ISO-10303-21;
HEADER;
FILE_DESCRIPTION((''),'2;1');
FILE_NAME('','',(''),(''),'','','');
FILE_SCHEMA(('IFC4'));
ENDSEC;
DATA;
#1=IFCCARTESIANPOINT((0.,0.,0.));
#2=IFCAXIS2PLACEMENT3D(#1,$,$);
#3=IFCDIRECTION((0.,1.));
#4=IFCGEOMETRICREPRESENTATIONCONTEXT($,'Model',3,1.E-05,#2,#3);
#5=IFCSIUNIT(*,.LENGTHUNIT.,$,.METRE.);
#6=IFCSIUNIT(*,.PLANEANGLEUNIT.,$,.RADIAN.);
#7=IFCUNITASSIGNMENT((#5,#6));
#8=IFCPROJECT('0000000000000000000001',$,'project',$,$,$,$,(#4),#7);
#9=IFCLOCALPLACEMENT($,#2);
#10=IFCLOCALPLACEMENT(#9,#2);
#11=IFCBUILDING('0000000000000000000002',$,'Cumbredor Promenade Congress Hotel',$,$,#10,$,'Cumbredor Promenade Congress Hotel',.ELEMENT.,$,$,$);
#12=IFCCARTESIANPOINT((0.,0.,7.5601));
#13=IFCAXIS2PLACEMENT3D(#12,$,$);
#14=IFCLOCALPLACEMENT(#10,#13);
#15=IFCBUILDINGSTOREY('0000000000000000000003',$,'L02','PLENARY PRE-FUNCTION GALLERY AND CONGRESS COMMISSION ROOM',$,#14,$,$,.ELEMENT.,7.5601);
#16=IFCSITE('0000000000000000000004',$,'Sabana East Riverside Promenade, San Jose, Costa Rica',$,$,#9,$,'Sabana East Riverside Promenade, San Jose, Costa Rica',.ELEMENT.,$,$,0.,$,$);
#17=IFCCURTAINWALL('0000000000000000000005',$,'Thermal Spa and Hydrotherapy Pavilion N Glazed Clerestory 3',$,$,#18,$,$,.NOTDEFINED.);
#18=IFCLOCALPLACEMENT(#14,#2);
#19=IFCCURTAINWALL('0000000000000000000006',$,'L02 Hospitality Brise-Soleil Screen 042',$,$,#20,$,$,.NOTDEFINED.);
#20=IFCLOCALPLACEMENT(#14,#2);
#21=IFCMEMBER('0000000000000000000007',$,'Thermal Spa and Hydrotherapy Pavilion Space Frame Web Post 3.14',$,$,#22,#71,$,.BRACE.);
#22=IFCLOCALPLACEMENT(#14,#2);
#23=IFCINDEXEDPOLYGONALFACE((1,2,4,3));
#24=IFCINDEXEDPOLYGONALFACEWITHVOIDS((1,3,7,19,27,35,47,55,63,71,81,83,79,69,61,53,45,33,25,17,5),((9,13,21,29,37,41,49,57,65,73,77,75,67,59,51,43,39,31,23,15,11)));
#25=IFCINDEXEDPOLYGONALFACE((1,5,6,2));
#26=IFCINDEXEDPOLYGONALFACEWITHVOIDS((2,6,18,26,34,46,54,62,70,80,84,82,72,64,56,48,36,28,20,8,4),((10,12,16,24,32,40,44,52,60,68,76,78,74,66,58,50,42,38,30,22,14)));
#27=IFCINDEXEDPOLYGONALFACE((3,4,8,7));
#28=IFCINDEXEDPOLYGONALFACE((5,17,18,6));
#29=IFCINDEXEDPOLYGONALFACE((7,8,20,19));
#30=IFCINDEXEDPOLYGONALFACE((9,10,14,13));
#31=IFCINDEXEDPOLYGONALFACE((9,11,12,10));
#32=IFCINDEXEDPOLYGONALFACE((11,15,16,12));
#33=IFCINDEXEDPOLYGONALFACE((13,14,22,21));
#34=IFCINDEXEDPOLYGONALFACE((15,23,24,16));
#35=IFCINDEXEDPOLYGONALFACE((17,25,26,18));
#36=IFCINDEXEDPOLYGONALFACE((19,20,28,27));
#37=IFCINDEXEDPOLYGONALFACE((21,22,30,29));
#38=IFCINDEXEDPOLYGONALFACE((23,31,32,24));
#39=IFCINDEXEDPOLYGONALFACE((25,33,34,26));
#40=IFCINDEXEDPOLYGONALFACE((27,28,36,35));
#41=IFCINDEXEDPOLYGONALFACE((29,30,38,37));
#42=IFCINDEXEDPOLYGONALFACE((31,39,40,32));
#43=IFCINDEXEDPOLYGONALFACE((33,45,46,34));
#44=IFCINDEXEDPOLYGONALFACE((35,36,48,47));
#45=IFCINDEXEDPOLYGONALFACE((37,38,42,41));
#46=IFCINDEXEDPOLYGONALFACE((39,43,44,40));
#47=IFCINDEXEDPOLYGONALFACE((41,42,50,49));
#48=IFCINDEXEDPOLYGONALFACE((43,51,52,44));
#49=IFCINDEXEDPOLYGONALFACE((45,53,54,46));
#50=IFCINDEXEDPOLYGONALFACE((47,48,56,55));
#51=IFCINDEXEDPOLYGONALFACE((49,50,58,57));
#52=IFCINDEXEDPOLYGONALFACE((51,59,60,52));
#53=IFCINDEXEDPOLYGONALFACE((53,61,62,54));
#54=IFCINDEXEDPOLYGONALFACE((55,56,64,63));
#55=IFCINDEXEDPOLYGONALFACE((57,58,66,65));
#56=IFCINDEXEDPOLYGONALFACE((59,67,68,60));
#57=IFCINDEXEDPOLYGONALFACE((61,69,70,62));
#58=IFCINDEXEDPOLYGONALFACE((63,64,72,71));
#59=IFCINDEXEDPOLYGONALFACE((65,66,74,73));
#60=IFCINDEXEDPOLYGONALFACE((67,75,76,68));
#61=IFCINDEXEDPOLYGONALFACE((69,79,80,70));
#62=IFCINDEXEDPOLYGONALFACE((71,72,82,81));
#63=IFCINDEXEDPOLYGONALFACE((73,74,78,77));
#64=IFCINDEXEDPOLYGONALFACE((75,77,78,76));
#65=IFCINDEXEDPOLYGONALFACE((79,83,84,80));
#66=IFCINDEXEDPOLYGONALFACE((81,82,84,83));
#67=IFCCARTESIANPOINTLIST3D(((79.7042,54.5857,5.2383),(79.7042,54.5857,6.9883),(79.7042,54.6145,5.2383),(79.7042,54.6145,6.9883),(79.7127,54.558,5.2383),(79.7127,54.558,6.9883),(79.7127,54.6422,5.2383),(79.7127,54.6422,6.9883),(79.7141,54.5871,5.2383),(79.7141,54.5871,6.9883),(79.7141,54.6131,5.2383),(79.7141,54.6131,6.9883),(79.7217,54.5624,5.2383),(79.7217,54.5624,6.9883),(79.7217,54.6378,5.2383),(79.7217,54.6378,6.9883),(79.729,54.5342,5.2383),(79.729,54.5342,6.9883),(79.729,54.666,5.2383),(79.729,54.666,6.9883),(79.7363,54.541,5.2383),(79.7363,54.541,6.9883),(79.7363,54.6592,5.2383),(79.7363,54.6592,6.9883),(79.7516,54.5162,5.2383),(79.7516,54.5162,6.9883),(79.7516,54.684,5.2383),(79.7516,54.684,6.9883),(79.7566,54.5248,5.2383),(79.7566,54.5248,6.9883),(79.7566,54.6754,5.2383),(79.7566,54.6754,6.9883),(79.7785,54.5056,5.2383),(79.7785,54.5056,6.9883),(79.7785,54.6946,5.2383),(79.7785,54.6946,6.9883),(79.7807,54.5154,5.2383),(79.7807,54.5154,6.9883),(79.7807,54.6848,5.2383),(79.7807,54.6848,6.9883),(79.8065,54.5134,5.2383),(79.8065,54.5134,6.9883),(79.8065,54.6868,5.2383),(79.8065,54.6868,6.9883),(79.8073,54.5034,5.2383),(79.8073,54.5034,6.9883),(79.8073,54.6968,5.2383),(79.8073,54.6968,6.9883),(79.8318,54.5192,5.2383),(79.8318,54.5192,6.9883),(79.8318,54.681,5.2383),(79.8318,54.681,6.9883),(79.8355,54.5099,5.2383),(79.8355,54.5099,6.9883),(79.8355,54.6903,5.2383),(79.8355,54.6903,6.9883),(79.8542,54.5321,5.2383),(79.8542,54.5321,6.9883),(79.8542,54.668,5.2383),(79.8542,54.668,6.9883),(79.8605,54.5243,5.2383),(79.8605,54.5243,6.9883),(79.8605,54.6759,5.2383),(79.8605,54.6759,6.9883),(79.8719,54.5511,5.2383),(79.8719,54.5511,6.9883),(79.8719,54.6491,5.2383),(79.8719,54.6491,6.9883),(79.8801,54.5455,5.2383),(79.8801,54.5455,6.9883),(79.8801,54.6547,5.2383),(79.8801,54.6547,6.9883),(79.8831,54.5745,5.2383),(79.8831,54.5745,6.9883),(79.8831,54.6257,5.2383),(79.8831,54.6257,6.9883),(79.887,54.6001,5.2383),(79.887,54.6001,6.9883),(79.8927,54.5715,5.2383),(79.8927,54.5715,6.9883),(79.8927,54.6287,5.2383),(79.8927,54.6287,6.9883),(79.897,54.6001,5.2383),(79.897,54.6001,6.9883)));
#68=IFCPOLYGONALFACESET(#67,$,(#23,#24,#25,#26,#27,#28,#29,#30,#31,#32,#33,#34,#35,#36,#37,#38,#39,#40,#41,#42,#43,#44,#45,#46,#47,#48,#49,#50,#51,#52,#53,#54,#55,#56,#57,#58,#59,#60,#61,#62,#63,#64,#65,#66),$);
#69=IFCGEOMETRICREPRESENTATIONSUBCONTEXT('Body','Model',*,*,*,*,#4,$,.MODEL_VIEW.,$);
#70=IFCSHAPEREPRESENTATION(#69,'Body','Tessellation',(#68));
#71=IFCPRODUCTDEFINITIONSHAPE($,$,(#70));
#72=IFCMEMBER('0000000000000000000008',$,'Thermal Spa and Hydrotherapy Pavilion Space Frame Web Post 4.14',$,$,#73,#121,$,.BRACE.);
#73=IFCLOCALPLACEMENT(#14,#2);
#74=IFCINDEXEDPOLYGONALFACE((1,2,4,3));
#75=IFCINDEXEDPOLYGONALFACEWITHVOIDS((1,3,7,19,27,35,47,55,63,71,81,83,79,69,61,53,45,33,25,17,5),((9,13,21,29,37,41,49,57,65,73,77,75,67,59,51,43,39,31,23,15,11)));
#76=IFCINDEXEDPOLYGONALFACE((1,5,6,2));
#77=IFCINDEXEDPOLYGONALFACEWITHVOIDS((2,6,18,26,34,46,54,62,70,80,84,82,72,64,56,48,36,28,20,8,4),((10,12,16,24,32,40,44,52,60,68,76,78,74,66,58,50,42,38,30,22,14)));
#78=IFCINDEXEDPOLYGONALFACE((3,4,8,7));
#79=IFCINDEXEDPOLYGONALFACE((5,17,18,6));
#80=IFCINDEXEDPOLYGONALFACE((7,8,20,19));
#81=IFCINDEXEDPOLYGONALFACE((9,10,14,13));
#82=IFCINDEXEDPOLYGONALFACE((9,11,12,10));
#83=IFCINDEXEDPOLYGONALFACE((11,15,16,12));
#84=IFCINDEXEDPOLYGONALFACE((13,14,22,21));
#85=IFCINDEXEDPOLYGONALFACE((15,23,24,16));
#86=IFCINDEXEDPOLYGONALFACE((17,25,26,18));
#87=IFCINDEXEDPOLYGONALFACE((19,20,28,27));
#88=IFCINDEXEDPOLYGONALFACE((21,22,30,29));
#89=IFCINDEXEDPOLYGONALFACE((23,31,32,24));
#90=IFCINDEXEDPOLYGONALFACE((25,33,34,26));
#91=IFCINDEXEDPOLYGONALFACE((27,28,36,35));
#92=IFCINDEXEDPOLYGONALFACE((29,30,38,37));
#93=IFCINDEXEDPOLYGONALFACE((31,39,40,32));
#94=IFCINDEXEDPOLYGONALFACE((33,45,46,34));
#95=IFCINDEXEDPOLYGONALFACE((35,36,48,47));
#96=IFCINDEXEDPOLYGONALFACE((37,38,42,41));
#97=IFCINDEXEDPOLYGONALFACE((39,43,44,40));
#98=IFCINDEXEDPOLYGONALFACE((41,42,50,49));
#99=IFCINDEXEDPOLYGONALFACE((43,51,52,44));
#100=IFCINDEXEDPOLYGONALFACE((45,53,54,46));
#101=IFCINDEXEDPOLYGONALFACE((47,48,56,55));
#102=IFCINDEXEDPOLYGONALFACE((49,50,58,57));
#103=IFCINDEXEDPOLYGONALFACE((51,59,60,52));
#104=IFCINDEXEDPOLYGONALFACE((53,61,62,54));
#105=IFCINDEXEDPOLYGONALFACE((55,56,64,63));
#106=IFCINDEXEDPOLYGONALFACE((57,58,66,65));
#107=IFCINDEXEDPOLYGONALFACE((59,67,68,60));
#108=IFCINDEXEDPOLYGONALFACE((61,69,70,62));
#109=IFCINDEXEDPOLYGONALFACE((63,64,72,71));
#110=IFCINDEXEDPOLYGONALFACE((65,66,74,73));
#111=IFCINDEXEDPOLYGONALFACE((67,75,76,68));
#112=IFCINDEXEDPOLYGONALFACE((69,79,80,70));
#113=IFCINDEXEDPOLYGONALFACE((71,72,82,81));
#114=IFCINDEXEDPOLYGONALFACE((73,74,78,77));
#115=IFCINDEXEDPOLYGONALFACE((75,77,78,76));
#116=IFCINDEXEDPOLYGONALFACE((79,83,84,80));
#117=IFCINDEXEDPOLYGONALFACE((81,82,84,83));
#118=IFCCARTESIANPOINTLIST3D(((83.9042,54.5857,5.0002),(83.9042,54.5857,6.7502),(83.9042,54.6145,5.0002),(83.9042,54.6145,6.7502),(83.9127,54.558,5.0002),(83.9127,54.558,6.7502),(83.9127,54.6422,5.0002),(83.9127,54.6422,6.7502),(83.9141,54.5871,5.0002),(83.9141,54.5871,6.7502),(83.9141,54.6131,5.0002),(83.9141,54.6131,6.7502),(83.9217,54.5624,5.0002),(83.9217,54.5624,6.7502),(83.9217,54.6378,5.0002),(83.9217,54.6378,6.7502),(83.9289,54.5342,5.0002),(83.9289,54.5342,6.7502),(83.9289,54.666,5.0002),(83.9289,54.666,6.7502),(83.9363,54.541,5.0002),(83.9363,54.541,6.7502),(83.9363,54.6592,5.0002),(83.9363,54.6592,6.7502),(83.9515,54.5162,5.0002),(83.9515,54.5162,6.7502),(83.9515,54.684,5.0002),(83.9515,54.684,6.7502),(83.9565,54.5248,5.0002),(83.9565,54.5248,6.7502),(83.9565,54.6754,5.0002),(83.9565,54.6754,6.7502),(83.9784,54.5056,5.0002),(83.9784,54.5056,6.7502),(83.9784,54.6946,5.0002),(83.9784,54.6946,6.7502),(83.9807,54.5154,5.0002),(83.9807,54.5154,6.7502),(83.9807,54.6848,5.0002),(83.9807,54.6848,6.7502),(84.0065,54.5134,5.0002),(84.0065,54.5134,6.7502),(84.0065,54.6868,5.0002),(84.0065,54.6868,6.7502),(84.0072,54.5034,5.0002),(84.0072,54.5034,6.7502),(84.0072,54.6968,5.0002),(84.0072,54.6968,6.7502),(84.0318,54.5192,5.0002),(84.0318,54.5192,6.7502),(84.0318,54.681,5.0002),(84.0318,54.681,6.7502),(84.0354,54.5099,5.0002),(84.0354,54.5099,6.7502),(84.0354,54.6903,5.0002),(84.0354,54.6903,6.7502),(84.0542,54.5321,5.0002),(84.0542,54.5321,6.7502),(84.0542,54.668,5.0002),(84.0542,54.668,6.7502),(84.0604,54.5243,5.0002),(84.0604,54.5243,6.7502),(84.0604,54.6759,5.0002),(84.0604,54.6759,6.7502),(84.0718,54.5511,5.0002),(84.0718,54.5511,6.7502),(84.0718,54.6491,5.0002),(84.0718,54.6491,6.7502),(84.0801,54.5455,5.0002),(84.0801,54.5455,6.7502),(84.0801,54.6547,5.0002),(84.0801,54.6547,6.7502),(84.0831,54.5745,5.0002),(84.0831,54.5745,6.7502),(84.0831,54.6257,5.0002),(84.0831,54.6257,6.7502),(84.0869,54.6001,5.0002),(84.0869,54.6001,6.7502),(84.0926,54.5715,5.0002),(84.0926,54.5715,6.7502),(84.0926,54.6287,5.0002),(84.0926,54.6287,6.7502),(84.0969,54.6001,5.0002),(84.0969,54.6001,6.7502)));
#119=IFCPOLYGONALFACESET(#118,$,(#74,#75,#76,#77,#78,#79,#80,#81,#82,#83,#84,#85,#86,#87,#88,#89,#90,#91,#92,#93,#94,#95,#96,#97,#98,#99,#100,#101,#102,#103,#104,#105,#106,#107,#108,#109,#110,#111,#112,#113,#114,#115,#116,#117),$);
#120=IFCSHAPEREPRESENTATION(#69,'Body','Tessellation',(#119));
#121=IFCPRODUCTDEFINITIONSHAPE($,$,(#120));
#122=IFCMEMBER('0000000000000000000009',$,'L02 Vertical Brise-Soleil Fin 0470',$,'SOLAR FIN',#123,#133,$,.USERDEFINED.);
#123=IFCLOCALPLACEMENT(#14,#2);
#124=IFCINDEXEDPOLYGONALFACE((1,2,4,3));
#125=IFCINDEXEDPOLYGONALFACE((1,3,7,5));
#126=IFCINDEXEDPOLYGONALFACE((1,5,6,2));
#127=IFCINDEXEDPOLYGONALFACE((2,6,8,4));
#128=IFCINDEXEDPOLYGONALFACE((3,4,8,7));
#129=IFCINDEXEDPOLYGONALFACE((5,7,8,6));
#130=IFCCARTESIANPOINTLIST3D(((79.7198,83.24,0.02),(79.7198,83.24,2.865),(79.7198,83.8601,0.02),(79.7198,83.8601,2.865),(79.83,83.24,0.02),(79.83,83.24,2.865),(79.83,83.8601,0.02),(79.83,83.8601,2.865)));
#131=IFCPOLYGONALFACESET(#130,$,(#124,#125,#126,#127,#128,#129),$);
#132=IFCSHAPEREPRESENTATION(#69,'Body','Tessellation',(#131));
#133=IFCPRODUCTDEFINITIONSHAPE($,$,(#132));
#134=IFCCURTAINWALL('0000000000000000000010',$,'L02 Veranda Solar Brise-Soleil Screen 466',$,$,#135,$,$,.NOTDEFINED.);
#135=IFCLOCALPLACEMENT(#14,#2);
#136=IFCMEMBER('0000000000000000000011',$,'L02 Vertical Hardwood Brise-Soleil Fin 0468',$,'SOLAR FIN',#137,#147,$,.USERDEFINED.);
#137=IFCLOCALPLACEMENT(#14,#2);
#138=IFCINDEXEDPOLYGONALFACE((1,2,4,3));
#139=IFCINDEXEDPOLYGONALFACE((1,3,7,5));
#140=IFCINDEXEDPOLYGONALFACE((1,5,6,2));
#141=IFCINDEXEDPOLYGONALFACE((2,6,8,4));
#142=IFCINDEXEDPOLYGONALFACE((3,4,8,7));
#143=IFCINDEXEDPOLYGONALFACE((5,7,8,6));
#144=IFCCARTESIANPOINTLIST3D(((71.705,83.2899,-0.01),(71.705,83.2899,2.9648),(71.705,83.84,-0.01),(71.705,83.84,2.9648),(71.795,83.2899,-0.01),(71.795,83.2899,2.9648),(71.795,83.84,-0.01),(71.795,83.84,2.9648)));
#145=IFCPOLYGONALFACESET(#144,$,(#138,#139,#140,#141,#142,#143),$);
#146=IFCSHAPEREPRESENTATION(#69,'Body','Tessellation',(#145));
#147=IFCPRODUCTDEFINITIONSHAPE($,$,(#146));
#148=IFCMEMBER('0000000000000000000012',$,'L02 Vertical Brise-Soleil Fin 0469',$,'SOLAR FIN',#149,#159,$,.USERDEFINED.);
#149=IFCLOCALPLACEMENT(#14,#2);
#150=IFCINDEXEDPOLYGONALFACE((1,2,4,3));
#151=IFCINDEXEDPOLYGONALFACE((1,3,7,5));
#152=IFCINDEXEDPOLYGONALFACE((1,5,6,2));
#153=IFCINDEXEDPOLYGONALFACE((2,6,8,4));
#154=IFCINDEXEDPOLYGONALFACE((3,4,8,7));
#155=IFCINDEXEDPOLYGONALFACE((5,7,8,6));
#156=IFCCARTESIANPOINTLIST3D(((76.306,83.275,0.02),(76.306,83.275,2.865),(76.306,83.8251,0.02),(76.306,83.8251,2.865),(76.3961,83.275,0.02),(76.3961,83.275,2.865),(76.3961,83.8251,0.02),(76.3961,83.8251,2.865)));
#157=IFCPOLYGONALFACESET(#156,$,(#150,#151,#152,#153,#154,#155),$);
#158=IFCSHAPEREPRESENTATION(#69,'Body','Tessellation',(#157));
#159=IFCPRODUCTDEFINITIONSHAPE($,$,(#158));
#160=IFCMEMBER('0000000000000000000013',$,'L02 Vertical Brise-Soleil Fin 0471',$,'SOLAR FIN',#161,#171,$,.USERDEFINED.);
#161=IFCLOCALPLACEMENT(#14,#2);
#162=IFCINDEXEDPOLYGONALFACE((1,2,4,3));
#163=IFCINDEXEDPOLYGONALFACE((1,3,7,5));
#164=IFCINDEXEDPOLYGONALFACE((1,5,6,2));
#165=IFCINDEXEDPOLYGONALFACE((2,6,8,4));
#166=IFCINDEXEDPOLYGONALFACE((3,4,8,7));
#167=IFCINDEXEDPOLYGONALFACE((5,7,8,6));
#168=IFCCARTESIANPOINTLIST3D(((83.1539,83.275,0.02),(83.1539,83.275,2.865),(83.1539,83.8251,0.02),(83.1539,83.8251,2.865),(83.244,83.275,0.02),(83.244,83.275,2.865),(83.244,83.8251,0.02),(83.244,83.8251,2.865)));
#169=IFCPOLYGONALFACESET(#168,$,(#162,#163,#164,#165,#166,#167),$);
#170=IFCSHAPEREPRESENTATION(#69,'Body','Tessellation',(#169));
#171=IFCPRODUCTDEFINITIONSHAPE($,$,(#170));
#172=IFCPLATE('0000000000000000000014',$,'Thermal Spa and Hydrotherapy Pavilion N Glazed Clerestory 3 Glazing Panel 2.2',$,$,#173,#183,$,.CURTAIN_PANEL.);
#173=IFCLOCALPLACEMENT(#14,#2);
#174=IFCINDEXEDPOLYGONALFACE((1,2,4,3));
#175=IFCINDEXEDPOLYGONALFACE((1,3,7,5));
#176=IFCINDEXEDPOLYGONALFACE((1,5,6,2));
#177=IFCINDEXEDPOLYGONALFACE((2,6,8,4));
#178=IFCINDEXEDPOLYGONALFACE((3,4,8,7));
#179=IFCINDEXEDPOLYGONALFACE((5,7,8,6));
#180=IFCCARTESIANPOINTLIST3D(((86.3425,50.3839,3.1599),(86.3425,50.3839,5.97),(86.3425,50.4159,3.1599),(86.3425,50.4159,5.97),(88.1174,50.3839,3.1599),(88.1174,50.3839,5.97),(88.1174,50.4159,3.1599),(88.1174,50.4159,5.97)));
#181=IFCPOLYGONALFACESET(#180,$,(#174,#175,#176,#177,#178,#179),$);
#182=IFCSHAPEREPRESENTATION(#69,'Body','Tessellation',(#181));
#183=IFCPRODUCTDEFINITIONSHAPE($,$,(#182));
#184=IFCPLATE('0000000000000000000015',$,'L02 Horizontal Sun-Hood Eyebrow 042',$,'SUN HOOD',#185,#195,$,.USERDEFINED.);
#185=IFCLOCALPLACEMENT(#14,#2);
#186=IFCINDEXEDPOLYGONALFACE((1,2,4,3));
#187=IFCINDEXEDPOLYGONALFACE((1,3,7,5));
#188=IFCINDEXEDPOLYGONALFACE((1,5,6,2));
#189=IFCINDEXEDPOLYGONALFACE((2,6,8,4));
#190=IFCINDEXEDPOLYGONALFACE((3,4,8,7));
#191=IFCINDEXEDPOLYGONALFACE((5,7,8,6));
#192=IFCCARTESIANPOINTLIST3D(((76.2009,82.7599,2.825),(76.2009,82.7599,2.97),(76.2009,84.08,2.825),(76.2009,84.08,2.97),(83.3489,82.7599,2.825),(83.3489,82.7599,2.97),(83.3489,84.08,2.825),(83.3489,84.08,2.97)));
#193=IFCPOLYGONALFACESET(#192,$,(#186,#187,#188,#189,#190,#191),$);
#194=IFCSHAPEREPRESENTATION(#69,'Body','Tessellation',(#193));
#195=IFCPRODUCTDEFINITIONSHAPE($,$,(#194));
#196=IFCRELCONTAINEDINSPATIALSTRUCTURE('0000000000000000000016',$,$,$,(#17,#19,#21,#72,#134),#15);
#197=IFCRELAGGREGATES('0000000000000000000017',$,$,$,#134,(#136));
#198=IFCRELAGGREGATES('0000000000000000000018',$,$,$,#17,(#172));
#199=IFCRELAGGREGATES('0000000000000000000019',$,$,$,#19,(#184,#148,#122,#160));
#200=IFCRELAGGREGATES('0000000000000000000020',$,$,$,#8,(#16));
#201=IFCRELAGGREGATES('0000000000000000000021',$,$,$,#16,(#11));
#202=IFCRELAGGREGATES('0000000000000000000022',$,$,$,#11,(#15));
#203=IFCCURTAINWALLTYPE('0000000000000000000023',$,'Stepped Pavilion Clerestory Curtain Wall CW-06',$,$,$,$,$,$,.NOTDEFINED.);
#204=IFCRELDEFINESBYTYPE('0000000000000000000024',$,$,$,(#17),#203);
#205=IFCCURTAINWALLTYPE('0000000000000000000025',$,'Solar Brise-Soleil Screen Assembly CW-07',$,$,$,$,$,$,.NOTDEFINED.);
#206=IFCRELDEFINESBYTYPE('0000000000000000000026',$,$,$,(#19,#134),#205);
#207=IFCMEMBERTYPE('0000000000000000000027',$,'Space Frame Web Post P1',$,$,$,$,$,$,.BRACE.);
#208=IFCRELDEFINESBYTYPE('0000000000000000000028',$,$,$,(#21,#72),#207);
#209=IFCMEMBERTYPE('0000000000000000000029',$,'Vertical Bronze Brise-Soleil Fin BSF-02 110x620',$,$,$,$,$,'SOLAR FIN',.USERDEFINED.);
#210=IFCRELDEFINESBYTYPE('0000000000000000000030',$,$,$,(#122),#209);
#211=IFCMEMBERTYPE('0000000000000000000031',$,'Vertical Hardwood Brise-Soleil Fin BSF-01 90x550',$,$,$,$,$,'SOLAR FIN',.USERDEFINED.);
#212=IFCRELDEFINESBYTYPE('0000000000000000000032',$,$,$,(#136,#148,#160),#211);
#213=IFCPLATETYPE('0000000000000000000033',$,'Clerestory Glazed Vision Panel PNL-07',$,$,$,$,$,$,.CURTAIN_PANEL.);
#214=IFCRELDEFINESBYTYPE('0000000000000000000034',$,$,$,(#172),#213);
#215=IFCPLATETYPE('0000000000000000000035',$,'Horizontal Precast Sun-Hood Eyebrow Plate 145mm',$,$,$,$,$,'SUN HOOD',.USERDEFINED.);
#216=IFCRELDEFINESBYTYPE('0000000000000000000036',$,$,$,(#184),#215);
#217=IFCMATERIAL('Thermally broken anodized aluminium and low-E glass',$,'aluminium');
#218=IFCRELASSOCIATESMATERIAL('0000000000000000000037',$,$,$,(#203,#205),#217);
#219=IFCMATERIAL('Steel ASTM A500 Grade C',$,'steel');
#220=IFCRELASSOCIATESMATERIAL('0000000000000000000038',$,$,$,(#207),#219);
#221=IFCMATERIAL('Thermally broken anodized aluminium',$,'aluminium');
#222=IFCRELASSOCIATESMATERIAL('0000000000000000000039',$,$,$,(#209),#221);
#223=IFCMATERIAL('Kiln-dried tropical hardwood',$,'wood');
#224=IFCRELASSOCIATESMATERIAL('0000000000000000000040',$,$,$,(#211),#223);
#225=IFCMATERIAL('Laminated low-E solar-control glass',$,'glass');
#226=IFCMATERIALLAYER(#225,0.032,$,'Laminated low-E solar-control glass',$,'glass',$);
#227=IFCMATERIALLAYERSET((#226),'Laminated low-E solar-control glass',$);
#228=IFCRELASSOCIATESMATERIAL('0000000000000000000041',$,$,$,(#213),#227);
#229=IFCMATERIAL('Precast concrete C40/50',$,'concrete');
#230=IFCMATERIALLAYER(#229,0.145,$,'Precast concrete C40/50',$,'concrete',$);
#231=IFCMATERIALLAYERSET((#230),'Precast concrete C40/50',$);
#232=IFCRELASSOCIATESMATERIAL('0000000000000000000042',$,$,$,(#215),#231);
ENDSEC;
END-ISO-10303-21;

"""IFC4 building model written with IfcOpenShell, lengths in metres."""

from ifc_helpers import new_model, si_unit, direction, frame, origin, origin_2d, place, context, subcontext, project, spatial, rectangle, hollow_circle, extrude, material, layer, layer_set, material_profile, profile_set, type_object, element, aggregate, save


model = new_model("IFC4")

# Units and contexts
model_context = context("Model", 3, precision=1e-05, world=origin(), true_north=direction((0.0, 1.0)))
body_context = subcontext(model_context, "Body", "Model", "MODEL_VIEW")
ifc_project = project(units=[si_unit("LENGTHUNIT", "METRE"), si_unit("PLANEANGLEUNIT", "RADIAN")], contexts=[model_context])

# Site, building, storey
site_placement = place(None, origin())
site = spatial("IfcSite", under=ifc_project, at=site_placement, Name="Sabana East Riverside Promenade, San Jose, Costa Rica", LongName="Sabana East Riverside Promenade, San Jose, Costa Rica", CompositionType="ELEMENT", RefElevation=0.0)
building_placement = place(site_placement, origin())
building = spatial("IfcBuilding", under=site, at=building_placement, Name="Cumbredor Promenade Congress Hotel", LongName="Cumbredor Promenade Congress Hotel", CompositionType="ELEMENT")
storey_placement = place(building_placement, frame((0.0, 0.0, 7.5601)))
storey = spatial("IfcBuildingStorey", under=building, at=storey_placement, Name="L02", Description="PLENARY PRE-FUNCTION GALLERY AND CONGRESS COMMISSION ROOM", CompositionType="ELEMENT", Elevation=7.5601)

# Curtain walls
ifc_material_1 = material(Name="Thermally broken anodized aluminium and low-E glass", Category="aluminium")
curtain_wall_type_1 = type_object("IfcCurtainWallType", Name="Stepped Pavilion Clerestory Curtain Wall CW-06", PredefinedType="NOTDEFINED", material=ifc_material_1)
curtain_wall_1_placement = place(storey_placement, origin())
curtain_wall_1 = element("IfcCurtainWall", 1, at=curtain_wall_1_placement, inside=storey, type_object=curtain_wall_type_1, Name="Thermal Spa and Hydrotherapy Pavilion N Glazed Clerestory 3", PredefinedType="NOTDEFINED")
ifc_material_2 = material(Name="Thermally broken anodized aluminium", Category="aluminium")
curtain_wall_type_2 = type_object("IfcCurtainWallType", Name="Solar Brise-Soleil Screen Assembly CW-07", PredefinedType="NOTDEFINED", material=ifc_material_1)
curtain_wall_2_placement = place(storey_placement, origin())
curtain_wall_2 = element("IfcCurtainWall", 2, at=curtain_wall_2_placement, inside=storey, type_object=curtain_wall_type_2, Name="L02 Hospitality Brise-Soleil Screen 042", PredefinedType="NOTDEFINED")

# Members
ifc_material_3 = material(Name="Steel ASTM A500 Grade C", Category="steel")
ifc_material_profile_1 = material_profile(ifc_material_3, hollow_circle(Radius=0.0969, WallThickness=0.01, at=origin_2d()), Name="CHS 193.7x10")
ifc_profile_set_1 = profile_set([ifc_material_profile_1], Name="Steel ASTM A500 Grade C")
member_type_1 = type_object("IfcMemberType", Name="Space Frame Web Post P1", PredefinedType="BRACE", material=ifc_profile_set_1)
for number, where, z_axis, x_axis, name in (
    (3, (79.8, 54.6001, 5.2383), (0.0, 0.0, 1.0), (1.0, 0.0, 0.0), "Thermal Spa and Hydrotherapy Pavilion Space Frame Web Post 3.14"),
    (4, (84.0, 54.6001, 5.0002), (0.0, 0.0, 1.0), (1.0, 0.0, 0.0), "Thermal Spa and Hydrotherapy Pavilion Space Frame Web Post 4.14"),
):
    element("IfcMember", number, at=place(storey_placement, frame(where, z_axis=z_axis, x_axis=x_axis)), inside=storey, type_object=member_type_1, Name=name, PredefinedType="BRACE", context=body_context, shape_type="SweptSolid", body=[
        extrude(hollow_circle(Radius=0.0969, WallThickness=0.01, at=origin_2d()), origin(), (0.0, 0.0, 1.0), 1.75),
    ])

# Member
ifc_material_profile_2 = material_profile(ifc_material_2, rectangle(XDim=0.1101, YDim=0.6201, at=origin_2d()), Name="ARCH FIN 110x620")
ifc_profile_set_2 = profile_set([ifc_material_profile_2], Name="Thermally broken anodized aluminium")
member_type_2 = type_object("IfcMemberType", Name="Vertical Bronze Brise-Soleil Fin BSF-02 110x620", ElementType="SOLAR FIN", PredefinedType="USERDEFINED", material=ifc_profile_set_2)
member_1_placement = place(storey_placement, frame((79.7749, 83.55, 0.02), z_axis=(0.0, 0.0, 1.0), x_axis=(1.0, 0.0, 0.0)))
member_1 = element("IfcMember", 5, at=member_1_placement, type_object=member_type_2, Name="L02 Vertical Brise-Soleil Fin 0470", ObjectType="SOLAR FIN", PredefinedType="USERDEFINED", context=body_context, shape_type="SweptSolid", body=[
    extrude(rectangle(XDim=0.1101, YDim=0.6201, at=origin_2d()), origin(), (0.0, 0.0, 1.0), 2.845),
])

# Curtain wall, member
curtain_wall_3_placement = place(storey_placement, origin())
curtain_wall_3 = element("IfcCurtainWall", 6, at=curtain_wall_3_placement, inside=storey, type_object=curtain_wall_type_2, Name="L02 Veranda Solar Brise-Soleil Screen 466", PredefinedType="NOTDEFINED")
ifc_material_4 = material(Name="Kiln-dried tropical hardwood", Category="wood")
ifc_material_profile_3 = material_profile(ifc_material_4, rectangle(XDim=0.0901, YDim=0.55, at=origin_2d()), Name="ARCH FIN 90x550")
ifc_profile_set_3 = profile_set([ifc_material_profile_3], Name="Kiln-dried tropical hardwood")
member_type_3 = type_object("IfcMemberType", Name="Vertical Hardwood Brise-Soleil Fin BSF-01 90x550", ElementType="SOLAR FIN", PredefinedType="USERDEFINED", material=ifc_profile_set_3)
member_2_placement = place(storey_placement, frame((71.75, 83.5649, -0.01), z_axis=(0.0, 0.0, 1.0), x_axis=(1.0, 0.0, 0.0)))
member_2 = element("IfcMember", 7, at=member_2_placement, type_object=member_type_3, Name="L02 Vertical Hardwood Brise-Soleil Fin 0468", ObjectType="SOLAR FIN", PredefinedType="USERDEFINED", context=body_context, shape_type="SweptSolid", body=[
    extrude(rectangle(XDim=0.0901, YDim=0.55, at=origin_2d()), origin(), (0.0, 0.0, 1.0), 2.9749),
])
aggregate(curtain_wall_3, [member_2])

# Members
member_3_placement = place(storey_placement, frame((76.3511, 83.55, 0.02), z_axis=(0.0, 0.0, 1.0), x_axis=(1.0, 0.0, 0.0)))
member_3 = element("IfcMember", 8, at=member_3_placement, type_object=member_type_3, Name="L02 Vertical Brise-Soleil Fin 0469", ObjectType="SOLAR FIN", PredefinedType="USERDEFINED", context=body_context, shape_type="SweptSolid", body=[
    extrude(rectangle(XDim=0.0901, YDim=0.55, at=origin_2d()), origin(), (0.0, 0.0, 1.0), 2.845),
])
member_4_placement = place(storey_placement, frame((83.199, 83.55, 0.02), z_axis=(0.0, 0.0, 1.0), x_axis=(1.0, 0.0, 0.0)))
member_4 = element("IfcMember", 9, at=member_4_placement, type_object=member_type_3, Name="L02 Vertical Brise-Soleil Fin 0471", ObjectType="SOLAR FIN", PredefinedType="USERDEFINED", context=body_context, shape_type="SweptSolid", body=[
    extrude(rectangle(XDim=0.0901, YDim=0.55, at=origin_2d()), origin(), (0.0, 0.0, 1.0), 2.845),
])

# Plates
ifc_material_5 = material(Name="Laminated low-E solar-control glass", Category="glass")
ifc_layer_1 = layer(ifc_material_5, 0.032, Name="Laminated low-E solar-control glass", Category="glass")
ifc_layer_set_1 = layer_set([ifc_layer_1], Name="Laminated low-E solar-control glass")
plate_type_1 = type_object("IfcPlateType", Name="Clerestory Glazed Vision Panel PNL-07", PredefinedType="CURTAIN_PANEL", material=ifc_layer_set_1)
plate_1_placement = place(storey_placement, frame((87.23, 50.3999, 3.1599), z_axis=(0.0, 0.0, 1.0), x_axis=(1.0, 0.0, 0.0)))
plate_1 = element("IfcPlate", 10, at=plate_1_placement, type_object=plate_type_1, Name="Thermal Spa and Hydrotherapy Pavilion N Glazed Clerestory 3 Glazing Panel 2.2", PredefinedType="CURTAIN_PANEL", context=body_context, shape_type="SweptSolid", body=[
    extrude(rectangle(XDim=1.7749, YDim=0.032, at=origin_2d()), origin(), (0.0, 0.0, 1.0), 2.8101),
])
aggregate(curtain_wall_1, [plate_1])
ifc_material_6 = material(Name="Precast concrete C40/50", Category="concrete")
ifc_layer_2 = layer(ifc_material_6, 0.145, Name="Precast concrete C40/50", Category="concrete")
ifc_layer_set_2 = layer_set([ifc_layer_2], Name="Precast concrete C40/50")
plate_type_2 = type_object("IfcPlateType", Name="Horizontal Precast Sun-Hood Eyebrow Plate 145mm", ElementType="SUN HOOD", PredefinedType="USERDEFINED", material=ifc_layer_set_2)
plate_2_placement = place(storey_placement, frame((79.7749, 83.4199, 2.825), z_axis=(0.0, 0.0, 1.0), x_axis=(1.0, 0.0, 0.0)))
plate_2 = element("IfcPlate", 11, at=plate_2_placement, type_object=plate_type_2, Name="L02 Horizontal Sun-Hood Eyebrow 042", ObjectType="SUN HOOD", PredefinedType="USERDEFINED", context=body_context, shape_type="SweptSolid", body=[
    extrude(rectangle(XDim=7.1479, YDim=1.3201, at=origin_2d()), origin(), (0.0, 0.0, 1.0), 0.145),
])
aggregate(curtain_wall_2, [plate_2, member_3, member_1, member_4])

save(model, "model.ifc")
